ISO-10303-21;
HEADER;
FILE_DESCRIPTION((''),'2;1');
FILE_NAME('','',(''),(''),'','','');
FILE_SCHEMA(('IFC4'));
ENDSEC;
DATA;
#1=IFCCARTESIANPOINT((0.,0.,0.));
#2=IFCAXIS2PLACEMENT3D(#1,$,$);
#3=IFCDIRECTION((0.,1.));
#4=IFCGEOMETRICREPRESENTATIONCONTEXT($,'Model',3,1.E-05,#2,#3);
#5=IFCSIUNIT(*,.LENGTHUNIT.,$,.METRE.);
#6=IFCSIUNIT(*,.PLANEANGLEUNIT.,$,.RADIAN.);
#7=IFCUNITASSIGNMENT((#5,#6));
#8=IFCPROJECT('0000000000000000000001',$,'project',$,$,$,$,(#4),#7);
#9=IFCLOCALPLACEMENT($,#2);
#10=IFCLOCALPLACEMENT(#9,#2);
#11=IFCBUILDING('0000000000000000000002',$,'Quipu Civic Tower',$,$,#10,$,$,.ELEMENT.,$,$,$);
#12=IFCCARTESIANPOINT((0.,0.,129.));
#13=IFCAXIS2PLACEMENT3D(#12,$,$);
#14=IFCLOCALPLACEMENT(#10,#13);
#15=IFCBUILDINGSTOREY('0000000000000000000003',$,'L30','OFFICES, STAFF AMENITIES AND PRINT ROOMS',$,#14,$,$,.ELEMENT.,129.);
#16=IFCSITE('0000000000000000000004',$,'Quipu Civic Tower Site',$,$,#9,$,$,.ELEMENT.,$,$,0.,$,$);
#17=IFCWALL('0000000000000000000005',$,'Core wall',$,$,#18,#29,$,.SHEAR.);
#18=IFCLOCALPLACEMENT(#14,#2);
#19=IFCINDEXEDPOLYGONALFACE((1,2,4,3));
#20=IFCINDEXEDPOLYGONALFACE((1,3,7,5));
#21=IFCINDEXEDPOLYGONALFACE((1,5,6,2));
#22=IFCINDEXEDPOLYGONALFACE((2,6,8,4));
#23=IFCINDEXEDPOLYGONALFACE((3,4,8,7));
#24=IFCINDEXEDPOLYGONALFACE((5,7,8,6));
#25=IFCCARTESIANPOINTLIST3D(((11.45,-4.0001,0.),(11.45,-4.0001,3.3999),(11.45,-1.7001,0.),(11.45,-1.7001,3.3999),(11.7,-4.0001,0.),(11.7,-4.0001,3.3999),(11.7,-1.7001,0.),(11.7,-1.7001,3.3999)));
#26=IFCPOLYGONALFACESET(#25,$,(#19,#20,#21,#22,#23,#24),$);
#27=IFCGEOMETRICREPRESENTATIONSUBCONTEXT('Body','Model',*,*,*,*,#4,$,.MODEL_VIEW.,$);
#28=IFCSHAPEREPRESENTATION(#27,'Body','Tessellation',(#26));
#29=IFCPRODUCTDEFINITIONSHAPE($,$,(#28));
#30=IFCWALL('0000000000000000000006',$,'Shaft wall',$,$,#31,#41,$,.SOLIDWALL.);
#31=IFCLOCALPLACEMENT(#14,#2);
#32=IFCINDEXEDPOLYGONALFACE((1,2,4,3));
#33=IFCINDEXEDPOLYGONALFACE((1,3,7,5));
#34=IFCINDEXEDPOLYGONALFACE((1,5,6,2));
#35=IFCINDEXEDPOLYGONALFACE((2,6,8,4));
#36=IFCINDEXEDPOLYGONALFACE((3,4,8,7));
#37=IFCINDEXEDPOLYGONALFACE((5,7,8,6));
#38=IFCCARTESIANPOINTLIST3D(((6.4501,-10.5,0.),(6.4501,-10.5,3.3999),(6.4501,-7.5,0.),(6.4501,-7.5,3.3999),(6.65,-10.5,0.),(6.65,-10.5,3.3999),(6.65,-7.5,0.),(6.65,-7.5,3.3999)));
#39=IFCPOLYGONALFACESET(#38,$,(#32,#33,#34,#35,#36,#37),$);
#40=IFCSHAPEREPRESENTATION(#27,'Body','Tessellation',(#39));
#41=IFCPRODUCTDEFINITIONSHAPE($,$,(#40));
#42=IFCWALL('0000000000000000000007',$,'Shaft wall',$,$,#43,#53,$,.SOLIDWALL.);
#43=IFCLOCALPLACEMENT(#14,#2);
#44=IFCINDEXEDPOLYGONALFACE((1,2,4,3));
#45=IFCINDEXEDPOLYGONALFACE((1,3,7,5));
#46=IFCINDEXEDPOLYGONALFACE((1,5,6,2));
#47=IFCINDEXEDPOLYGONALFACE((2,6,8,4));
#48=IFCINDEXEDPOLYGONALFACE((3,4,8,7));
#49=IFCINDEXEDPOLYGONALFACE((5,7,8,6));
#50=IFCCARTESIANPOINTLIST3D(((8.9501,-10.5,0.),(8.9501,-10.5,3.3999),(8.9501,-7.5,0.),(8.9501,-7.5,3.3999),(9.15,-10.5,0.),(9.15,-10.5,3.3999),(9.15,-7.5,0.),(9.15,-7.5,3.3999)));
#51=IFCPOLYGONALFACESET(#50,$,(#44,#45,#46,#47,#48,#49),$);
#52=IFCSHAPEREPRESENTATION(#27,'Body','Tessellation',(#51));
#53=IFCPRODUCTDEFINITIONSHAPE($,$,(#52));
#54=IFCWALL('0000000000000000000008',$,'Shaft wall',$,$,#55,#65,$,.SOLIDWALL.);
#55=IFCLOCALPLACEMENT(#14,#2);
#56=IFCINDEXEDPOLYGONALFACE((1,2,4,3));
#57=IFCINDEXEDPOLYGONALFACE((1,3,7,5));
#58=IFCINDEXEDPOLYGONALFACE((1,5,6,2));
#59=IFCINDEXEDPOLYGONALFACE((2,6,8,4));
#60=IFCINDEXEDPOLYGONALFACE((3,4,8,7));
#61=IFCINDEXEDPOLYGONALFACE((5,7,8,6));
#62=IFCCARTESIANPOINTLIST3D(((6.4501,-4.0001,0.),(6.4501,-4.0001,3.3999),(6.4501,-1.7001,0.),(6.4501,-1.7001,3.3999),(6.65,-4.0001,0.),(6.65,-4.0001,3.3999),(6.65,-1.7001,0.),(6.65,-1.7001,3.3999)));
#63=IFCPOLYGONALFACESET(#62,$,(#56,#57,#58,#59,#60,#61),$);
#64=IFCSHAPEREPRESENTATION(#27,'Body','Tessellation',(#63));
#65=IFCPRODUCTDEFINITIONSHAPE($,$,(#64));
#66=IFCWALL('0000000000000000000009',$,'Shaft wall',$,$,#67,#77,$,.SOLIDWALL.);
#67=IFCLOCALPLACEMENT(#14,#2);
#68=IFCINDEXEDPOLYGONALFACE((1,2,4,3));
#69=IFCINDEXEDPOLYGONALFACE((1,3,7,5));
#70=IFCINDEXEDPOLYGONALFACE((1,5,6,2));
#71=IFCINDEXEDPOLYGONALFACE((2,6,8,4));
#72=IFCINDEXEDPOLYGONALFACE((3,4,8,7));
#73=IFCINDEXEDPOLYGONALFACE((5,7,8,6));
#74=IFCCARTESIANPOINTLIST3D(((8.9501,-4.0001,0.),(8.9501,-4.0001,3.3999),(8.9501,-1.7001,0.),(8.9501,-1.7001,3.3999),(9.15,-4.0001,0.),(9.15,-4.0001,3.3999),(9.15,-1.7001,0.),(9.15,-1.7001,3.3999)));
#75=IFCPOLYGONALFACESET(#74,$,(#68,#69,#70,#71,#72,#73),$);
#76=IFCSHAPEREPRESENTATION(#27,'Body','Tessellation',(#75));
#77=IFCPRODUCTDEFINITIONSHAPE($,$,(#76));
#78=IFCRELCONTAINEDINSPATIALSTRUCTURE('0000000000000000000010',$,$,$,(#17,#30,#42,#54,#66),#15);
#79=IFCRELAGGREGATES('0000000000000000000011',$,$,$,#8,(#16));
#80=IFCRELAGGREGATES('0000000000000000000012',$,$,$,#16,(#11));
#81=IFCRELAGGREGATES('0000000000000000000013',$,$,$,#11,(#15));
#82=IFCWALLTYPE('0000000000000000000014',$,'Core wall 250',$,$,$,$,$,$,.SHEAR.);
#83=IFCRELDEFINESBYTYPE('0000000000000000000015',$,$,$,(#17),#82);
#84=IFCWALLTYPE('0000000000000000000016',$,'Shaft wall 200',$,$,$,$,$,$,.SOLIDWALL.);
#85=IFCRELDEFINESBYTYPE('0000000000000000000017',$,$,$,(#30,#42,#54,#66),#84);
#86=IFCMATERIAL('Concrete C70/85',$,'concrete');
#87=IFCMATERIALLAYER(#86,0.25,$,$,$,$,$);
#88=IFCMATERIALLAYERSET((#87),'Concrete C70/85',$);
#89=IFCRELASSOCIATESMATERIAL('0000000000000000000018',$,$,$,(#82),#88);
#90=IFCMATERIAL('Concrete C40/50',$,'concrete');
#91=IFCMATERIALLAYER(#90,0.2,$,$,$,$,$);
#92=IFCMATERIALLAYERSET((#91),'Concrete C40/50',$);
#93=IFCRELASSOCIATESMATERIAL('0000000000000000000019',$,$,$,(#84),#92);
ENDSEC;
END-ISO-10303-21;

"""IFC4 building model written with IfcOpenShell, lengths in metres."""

from ifc_helpers import new_model, si_unit, direction, frame, frame_2d, origin, place, context, subcontext, project, spatial, rectangle, extrude, material, layer, layer_set, type_object, element, save


model = new_model("IFC4")

# Units and contexts
model_context = context("Model", 3, precision=1e-05, world=origin(), true_north=direction((0.0, 1.0)))
body_context = subcontext(model_context, "Body", "Model", "MODEL_VIEW")
ifc_project = project(units=[si_unit("LENGTHUNIT", "METRE"), si_unit("PLANEANGLEUNIT", "RADIAN")], contexts=[model_context])

# Site, building, storey
site_placement = place(None, origin())
site = spatial("IfcSite", under=ifc_project, at=site_placement, Name="Quipu Civic Tower Site", CompositionType="ELEMENT", RefElevation=0.0)
building_placement = place(site_placement, origin())
building = spatial("IfcBuilding", under=site, at=building_placement, Name="Quipu Civic Tower", CompositionType="ELEMENT")
storey_placement = place(building_placement, frame((0.0, 0.0, 129.0)))
storey = spatial("IfcBuildingStorey", under=building, at=storey_placement, Name="L30", Description="OFFICES, STAFF AMENITIES AND PRINT ROOMS", CompositionType="ELEMENT", Elevation=129.0)

# Shared definitions
ifc_material_1 = material(Name="Concrete C70/85", Category="concrete")
ifc_layer_1 = layer(ifc_material_1, 0.25)
ifc_layer_set_1 = layer_set([ifc_layer_1], Name="Concrete C70/85")
wall_type_1 = type_object("IfcWallType", Name="Core wall 250", PredefinedType="SHEAR", material=ifc_layer_set_1)

# Walls
wall_1_placement = place(storey_placement, frame((11.575, -4.0, 0.0), z_axis=(0.0, 0.0, 1.0), x_axis=(0.0, 1.0, 0.0)))
element("IfcWall", 1, at=wall_1_placement, inside=storey, type_object=wall_type_1, Name="Core wall", PredefinedType="SHEAR", context=body_context, shape_type="SweptSolid", body=[
    extrude(rectangle(XDim=2.3, YDim=0.25, at=frame_2d((1.1499, 0.0))), origin(), (0.0, 0.0, 1.0), 3.3999),
])
ifc_material_2 = material(Name="Concrete C40/50", Category="concrete")
ifc_layer_2 = layer(ifc_material_2, 0.2)
ifc_layer_set_2 = layer_set([ifc_layer_2], Name="Concrete C40/50")
wall_type_2 = type_object("IfcWallType", Name="Shaft wall 200", PredefinedType="SOLIDWALL", material=ifc_layer_set_2)
for number, where, z_axis, x_axis, name in (
    (2, (6.55, -10.5, 0.0), (0.0, 0.0, 1.0), (0.0, 1.0, 0.0), "Shaft wall"),
    (3, (9.05, -10.5, 0.0), (0.0, 0.0, 1.0), (0.0, 1.0, 0.0), "Shaft wall"),
):
    element("IfcWall", number, at=place(storey_placement, frame(where, z_axis=z_axis, x_axis=x_axis)), inside=storey, type_object=wall_type_2, Name=name, PredefinedType="SOLIDWALL", context=body_context, shape_type="SweptSolid", body=[
        extrude(rectangle(XDim=3.0, YDim=0.2, at=frame_2d((1.5, 0.0))), origin(), (0.0, 0.0, 1.0), 3.3999),
    ])
for number, where, z_axis, x_axis, name in (
    (4, (6.55, -4.0, 0.0), (0.0, 0.0, 1.0), (0.0, 1.0, 0.0), "Shaft wall"),
    (5, (9.05, -4.0, 0.0), (0.0, 0.0, 1.0), (0.0, 1.0, 0.0), "Shaft wall"),
):
    element("IfcWall", number, at=place(storey_placement, frame(where, z_axis=z_axis, x_axis=x_axis)), inside=storey, type_object=wall_type_2, Name=name, PredefinedType="SOLIDWALL", context=body_context, shape_type="SweptSolid", body=[
        extrude(rectangle(XDim=2.3, YDim=0.2, at=frame_2d((1.1499, 0.0))), origin(), (0.0, 0.0, 1.0), 3.3999),
    ])

save(model, "model.ifc")
